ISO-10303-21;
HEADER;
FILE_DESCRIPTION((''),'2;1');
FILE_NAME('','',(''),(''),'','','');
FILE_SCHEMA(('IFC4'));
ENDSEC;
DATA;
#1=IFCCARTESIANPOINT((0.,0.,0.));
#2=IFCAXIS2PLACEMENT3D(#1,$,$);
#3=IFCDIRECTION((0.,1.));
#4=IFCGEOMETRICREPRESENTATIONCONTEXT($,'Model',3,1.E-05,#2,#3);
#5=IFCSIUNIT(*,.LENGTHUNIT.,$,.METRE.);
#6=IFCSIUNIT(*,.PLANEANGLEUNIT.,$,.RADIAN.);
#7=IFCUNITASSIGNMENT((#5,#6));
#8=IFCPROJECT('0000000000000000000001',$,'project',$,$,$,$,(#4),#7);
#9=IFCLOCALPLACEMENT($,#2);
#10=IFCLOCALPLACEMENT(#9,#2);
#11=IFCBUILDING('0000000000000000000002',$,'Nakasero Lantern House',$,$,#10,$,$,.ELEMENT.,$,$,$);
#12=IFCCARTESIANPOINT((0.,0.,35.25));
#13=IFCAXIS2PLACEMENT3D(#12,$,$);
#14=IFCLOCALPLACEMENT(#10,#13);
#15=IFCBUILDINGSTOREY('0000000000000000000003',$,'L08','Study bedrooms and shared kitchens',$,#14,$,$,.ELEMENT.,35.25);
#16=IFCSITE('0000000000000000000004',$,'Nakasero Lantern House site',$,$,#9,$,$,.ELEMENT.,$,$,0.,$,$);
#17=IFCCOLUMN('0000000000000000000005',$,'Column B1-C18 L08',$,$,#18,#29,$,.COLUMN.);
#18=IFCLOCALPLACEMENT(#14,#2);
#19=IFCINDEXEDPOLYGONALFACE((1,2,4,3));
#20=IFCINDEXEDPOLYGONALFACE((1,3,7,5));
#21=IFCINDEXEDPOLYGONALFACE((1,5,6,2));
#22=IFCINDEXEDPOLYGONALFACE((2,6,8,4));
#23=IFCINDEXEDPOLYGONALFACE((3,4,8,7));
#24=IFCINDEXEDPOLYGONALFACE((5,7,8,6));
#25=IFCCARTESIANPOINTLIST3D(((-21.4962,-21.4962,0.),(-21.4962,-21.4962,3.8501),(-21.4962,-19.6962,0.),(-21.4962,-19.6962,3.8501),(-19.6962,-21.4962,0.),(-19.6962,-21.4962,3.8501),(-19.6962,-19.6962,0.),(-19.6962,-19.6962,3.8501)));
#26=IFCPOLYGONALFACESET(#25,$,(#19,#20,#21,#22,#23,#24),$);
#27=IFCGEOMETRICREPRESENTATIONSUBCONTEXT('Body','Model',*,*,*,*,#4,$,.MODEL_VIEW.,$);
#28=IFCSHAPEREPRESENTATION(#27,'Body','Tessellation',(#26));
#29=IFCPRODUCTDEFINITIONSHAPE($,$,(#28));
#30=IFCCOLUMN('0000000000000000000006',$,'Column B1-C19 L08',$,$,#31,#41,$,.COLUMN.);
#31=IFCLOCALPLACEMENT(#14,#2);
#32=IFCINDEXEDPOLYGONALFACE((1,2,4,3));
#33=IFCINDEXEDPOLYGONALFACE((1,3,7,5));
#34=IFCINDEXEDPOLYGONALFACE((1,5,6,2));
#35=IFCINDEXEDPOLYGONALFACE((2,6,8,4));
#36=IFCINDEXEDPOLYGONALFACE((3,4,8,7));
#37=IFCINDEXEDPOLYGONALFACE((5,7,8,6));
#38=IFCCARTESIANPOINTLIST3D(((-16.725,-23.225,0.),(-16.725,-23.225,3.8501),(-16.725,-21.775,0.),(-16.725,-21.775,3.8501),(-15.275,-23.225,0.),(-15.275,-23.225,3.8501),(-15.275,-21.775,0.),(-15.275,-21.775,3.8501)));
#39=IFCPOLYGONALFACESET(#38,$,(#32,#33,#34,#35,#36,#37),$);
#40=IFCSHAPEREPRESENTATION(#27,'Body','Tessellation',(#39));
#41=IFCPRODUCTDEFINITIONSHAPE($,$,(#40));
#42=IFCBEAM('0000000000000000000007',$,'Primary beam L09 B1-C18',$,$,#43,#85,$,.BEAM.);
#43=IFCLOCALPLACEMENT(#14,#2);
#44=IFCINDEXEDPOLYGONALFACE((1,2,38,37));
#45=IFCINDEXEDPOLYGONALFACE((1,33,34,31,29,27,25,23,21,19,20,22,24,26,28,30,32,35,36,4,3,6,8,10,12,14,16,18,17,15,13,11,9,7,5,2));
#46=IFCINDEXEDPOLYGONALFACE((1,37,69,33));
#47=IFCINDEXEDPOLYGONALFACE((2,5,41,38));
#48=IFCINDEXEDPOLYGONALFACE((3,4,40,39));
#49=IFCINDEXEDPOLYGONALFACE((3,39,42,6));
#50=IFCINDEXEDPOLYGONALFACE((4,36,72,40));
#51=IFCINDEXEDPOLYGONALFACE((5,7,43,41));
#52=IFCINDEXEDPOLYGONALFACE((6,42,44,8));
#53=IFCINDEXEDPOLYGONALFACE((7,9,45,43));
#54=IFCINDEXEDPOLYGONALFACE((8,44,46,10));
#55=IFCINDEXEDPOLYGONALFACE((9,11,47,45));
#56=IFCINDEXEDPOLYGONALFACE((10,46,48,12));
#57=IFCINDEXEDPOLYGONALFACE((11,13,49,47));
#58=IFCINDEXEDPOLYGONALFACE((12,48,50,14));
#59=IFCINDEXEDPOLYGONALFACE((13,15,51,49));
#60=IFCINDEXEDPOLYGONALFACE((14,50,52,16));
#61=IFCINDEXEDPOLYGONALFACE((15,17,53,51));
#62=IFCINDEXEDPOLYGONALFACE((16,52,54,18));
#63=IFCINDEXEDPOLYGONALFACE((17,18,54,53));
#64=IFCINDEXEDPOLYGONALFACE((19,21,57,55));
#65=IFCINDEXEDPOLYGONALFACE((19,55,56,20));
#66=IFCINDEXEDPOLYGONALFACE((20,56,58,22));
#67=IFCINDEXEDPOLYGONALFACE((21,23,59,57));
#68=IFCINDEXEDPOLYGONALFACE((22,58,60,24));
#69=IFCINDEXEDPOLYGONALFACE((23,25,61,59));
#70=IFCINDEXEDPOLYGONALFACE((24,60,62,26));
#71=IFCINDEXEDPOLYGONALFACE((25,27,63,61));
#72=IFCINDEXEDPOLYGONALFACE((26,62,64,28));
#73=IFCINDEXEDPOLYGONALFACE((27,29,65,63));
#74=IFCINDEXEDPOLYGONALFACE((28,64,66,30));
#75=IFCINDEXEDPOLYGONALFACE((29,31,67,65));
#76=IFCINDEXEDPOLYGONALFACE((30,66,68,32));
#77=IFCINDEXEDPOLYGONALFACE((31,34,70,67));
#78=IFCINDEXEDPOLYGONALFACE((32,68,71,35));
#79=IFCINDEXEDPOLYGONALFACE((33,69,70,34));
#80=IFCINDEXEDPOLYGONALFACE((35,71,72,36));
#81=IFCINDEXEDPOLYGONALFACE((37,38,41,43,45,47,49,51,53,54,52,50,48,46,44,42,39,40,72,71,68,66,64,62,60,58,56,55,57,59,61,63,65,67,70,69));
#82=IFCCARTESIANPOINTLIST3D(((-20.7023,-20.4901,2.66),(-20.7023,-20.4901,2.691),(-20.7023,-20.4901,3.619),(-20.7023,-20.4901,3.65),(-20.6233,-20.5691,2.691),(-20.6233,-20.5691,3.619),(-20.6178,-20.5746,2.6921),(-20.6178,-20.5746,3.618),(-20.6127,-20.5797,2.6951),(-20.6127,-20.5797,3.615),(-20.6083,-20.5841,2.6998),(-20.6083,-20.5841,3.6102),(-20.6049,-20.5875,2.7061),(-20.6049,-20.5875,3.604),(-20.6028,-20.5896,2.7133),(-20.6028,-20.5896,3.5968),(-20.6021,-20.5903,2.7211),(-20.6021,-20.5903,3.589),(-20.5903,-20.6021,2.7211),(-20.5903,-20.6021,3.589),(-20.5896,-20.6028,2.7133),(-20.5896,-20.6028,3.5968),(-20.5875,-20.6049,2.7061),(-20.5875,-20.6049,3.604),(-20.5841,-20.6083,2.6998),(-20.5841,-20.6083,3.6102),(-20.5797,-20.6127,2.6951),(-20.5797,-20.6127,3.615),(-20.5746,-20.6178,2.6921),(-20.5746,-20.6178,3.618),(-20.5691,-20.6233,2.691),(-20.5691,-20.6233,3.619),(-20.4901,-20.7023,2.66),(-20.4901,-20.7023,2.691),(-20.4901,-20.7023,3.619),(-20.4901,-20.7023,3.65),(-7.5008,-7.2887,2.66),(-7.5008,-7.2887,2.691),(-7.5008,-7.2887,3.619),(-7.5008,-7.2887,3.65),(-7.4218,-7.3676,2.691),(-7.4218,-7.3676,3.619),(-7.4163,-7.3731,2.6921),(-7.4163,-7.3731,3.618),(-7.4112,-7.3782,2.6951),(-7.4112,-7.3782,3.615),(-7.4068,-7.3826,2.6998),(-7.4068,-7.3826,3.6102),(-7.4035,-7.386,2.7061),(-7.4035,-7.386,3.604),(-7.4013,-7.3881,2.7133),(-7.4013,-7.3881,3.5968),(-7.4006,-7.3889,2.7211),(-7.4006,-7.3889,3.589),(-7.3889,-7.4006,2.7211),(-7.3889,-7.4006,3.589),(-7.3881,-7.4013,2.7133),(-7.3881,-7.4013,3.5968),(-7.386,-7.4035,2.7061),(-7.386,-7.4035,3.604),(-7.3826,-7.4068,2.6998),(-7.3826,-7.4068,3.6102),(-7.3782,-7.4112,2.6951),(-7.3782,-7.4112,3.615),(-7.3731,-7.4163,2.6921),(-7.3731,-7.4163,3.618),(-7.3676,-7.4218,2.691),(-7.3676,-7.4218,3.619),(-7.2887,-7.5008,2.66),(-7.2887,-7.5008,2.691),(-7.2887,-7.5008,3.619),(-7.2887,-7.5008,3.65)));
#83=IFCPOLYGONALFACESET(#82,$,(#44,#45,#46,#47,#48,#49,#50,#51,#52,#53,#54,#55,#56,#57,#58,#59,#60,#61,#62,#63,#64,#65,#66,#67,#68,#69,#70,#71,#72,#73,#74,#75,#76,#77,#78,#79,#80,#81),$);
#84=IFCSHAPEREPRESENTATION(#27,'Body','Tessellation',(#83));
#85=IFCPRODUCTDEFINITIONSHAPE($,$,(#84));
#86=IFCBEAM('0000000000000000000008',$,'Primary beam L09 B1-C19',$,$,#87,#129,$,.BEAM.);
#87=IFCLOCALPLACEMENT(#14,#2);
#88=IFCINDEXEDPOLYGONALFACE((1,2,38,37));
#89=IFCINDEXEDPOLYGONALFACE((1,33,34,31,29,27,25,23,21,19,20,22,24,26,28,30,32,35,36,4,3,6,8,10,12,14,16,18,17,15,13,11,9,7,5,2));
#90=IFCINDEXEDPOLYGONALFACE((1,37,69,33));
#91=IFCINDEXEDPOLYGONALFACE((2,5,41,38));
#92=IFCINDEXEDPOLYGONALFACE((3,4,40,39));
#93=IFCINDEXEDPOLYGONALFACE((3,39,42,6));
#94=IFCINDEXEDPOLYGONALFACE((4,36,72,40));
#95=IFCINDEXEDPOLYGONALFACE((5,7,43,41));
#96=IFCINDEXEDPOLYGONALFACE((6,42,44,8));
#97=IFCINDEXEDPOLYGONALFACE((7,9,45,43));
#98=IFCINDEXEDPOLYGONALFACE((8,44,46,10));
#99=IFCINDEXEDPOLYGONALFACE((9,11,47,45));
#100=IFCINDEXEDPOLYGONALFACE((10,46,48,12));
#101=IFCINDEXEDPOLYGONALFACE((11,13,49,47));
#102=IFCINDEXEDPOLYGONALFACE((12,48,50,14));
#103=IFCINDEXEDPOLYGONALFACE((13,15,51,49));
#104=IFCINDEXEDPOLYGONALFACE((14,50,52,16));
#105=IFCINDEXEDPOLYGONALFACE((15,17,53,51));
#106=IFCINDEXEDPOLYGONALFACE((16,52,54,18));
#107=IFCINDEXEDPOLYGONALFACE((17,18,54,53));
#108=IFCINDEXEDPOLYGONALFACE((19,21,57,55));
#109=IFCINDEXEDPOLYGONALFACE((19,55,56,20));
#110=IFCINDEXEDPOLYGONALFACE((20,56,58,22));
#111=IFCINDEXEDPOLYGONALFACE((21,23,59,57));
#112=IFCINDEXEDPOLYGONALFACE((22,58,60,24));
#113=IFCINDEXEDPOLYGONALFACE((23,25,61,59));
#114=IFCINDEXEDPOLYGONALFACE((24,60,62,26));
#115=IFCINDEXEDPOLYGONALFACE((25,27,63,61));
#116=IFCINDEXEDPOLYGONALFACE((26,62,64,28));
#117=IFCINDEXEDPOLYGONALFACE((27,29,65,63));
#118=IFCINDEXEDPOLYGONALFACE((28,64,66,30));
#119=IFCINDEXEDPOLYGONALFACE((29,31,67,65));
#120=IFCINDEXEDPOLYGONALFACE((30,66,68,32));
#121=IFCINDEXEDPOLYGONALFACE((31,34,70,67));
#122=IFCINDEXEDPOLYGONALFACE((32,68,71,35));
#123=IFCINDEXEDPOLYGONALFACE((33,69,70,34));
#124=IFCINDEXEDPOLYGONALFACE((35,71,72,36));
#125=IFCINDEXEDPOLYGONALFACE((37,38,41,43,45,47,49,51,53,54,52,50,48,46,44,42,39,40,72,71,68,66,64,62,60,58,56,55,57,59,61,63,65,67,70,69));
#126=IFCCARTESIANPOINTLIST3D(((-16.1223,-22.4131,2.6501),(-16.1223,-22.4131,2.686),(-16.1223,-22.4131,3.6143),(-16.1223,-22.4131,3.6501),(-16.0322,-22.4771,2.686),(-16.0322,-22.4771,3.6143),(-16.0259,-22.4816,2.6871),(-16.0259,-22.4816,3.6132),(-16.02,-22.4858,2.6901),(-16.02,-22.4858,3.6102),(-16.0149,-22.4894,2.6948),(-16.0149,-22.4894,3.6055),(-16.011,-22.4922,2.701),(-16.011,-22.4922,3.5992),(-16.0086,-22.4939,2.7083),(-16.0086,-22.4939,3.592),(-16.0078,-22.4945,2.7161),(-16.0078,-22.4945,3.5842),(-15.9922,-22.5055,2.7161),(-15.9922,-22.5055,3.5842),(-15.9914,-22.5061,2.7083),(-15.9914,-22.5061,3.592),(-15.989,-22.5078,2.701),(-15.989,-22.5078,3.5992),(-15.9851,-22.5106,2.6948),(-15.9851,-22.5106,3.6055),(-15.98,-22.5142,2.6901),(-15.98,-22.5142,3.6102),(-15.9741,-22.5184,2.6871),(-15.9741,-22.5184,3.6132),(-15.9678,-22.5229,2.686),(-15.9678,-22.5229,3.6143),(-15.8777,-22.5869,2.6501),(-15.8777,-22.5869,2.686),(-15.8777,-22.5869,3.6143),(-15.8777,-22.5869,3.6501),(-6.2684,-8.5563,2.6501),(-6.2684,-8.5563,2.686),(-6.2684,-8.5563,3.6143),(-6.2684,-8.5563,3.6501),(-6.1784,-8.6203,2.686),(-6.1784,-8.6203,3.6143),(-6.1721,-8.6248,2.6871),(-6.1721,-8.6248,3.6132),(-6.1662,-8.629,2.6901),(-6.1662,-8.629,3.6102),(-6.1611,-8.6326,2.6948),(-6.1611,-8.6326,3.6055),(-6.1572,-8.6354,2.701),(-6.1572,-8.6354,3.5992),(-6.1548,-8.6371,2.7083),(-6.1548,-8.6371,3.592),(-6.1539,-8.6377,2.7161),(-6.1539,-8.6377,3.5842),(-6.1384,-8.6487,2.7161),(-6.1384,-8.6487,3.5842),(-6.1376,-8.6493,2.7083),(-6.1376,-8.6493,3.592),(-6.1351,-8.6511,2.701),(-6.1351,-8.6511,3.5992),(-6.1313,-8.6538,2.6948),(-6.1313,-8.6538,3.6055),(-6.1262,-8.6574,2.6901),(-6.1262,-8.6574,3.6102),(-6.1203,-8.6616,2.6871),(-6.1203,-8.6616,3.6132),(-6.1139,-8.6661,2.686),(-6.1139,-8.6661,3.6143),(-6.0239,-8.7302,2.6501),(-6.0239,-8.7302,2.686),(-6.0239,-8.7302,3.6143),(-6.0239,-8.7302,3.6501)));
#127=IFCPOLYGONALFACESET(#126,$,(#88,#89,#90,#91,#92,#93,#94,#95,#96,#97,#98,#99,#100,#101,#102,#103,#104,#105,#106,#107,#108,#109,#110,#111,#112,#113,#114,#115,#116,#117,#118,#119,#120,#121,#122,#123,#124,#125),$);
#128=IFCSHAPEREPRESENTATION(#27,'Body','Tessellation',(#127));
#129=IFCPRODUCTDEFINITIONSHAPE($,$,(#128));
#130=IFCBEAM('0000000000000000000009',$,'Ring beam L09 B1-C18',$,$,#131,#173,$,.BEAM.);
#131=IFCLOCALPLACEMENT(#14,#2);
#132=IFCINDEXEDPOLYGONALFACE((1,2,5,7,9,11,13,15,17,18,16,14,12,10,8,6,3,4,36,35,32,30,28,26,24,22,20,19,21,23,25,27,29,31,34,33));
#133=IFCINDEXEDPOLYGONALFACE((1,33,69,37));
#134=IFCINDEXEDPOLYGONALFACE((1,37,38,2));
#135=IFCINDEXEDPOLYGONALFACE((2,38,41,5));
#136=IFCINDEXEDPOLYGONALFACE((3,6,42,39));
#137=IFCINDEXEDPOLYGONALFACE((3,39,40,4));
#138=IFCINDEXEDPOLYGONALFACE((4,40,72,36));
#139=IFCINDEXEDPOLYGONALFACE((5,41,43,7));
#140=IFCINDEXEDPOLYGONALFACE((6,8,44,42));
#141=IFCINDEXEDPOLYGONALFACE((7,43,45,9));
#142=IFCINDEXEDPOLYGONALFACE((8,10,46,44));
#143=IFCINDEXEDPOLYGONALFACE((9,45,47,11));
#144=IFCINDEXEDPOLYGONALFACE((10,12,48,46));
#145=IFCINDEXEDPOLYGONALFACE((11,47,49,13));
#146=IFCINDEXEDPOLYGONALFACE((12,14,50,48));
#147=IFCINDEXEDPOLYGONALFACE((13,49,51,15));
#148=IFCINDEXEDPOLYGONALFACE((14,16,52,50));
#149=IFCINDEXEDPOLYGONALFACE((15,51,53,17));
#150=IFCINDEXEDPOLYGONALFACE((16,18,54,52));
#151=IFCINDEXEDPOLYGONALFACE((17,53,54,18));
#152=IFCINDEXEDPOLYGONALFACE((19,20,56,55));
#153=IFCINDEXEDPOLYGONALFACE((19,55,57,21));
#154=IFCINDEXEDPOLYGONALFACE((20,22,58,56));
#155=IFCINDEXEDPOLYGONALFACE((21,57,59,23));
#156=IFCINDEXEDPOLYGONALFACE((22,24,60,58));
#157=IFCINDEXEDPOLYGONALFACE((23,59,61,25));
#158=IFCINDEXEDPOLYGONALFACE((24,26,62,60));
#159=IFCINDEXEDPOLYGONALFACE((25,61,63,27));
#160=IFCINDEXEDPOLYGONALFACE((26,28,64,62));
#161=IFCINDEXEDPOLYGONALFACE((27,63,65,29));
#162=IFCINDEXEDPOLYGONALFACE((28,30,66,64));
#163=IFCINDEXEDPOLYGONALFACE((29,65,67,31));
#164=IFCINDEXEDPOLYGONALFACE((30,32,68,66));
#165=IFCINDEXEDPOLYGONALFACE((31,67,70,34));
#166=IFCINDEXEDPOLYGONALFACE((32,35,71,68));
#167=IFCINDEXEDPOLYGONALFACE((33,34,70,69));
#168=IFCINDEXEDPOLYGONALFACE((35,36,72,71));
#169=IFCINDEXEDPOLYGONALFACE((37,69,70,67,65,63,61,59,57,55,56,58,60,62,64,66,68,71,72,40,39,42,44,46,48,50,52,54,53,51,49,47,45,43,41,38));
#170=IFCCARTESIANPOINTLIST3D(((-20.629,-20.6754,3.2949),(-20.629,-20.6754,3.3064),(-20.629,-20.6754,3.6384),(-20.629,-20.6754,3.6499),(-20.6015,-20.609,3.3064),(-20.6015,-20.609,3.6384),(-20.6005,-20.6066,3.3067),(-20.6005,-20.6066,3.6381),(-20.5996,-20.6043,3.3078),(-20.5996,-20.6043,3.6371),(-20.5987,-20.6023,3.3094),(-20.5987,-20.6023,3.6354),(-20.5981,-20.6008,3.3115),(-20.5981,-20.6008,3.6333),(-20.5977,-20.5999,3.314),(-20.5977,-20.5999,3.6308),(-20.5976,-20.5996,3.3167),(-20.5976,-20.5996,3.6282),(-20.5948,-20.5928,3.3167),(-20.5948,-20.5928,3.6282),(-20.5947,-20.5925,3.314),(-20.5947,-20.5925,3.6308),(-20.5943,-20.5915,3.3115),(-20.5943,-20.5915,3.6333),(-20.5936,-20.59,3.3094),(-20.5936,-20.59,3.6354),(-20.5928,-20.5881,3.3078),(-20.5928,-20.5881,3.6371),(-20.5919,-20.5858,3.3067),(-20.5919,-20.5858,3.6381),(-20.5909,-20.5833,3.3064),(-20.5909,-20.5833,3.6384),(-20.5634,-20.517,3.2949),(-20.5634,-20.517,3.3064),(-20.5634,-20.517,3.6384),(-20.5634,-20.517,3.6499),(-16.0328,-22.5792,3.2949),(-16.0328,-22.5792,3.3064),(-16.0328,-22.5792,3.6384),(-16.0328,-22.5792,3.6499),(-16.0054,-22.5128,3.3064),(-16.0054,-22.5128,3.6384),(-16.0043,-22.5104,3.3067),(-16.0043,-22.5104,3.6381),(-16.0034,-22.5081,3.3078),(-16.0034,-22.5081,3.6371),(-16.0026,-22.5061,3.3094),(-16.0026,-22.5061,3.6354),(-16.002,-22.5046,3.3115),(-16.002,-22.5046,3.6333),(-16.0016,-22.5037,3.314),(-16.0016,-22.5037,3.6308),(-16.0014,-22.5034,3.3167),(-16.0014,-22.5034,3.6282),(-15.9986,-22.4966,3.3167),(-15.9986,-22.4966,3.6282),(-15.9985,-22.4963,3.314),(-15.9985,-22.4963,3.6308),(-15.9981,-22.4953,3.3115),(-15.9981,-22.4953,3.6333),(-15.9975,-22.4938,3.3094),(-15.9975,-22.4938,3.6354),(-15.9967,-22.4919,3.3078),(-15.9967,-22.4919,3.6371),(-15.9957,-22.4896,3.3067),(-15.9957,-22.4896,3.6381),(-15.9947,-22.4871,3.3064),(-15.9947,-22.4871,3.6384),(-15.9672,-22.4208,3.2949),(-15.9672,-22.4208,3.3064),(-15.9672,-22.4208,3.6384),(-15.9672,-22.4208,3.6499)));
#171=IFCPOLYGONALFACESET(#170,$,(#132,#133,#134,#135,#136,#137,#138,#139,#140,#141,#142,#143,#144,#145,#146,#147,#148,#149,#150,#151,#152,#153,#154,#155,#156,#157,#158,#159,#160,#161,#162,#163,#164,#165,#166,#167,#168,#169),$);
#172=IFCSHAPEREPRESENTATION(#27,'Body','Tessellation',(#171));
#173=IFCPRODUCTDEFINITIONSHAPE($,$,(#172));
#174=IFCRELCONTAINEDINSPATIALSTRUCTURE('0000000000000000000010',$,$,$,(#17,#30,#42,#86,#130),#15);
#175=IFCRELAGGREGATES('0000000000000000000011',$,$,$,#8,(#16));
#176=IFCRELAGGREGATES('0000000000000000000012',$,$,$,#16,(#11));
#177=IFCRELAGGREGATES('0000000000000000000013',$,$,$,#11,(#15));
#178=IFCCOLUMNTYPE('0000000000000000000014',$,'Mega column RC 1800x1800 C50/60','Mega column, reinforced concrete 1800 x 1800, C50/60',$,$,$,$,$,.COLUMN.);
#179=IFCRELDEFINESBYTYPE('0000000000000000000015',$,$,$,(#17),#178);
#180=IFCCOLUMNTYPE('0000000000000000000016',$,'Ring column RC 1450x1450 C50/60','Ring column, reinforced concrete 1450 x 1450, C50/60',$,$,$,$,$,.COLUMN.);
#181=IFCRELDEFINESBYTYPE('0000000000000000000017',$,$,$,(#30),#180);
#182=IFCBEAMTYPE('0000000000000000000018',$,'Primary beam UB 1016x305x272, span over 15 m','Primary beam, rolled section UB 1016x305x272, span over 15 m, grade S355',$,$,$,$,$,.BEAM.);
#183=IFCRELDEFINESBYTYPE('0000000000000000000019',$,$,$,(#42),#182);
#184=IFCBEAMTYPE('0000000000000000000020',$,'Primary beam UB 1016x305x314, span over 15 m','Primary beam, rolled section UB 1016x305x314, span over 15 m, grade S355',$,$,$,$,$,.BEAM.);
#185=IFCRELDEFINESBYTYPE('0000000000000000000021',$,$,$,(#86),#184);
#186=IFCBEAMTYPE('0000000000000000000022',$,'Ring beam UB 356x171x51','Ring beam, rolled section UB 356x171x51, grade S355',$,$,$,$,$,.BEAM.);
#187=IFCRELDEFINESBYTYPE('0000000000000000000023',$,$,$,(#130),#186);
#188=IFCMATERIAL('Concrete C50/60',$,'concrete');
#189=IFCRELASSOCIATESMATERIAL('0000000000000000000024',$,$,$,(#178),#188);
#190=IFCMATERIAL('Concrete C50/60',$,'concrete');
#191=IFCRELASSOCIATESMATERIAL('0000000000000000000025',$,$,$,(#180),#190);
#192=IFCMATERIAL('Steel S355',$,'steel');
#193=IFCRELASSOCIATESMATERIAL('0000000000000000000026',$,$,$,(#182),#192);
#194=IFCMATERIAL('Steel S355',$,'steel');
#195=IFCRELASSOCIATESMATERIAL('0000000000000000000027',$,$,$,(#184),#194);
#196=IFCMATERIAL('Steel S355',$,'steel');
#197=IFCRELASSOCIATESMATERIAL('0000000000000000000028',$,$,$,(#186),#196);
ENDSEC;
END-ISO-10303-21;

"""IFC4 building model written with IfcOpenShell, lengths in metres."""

from ifc_helpers import new_model, si_unit, direction, frame, origin, origin_2d, place, context, subcontext, project, spatial, rectangle, i_section, extrude, material, material_profile, profile_set, type_object, element, save


model = new_model("IFC4")

# Units and contexts
model_context = context("Model", 3, precision=1e-05, world=origin(), true_north=direction((0.0, 1.0)))
body_context = subcontext(model_context, "Body", "Model", "MODEL_VIEW")
ifc_project = project(units=[si_unit("LENGTHUNIT", "METRE"), si_unit("PLANEANGLEUNIT", "RADIAN")], contexts=[model_context])

# Site, building, storey
site_placement = place(None, origin())
site = spatial("IfcSite", under=ifc_project, at=site_placement, Name="Nakasero Lantern House site", CompositionType="ELEMENT", RefElevation=0.0)
building_placement = place(site_placement, origin())
building = spatial("IfcBuilding", under=site, at=building_placement, Name="Nakasero Lantern House", CompositionType="ELEMENT")
storey_placement = place(building_placement, frame((0.0, 0.0, 35.25)))
storey = spatial("IfcBuildingStorey", under=building, at=storey_placement, Name="L08", Description="Study bedrooms and shared kitchens", CompositionType="ELEMENT", Elevation=35.25)

# Columns
ifc_material_1 = material(Name="Concrete C50/60", Category="concrete")
ifc_material_profile_1 = material_profile(ifc_material_1, rectangle(XDim=1.8, YDim=1.8, at=origin_2d()), Name="RC 1800x1800")
ifc_profile_set_1 = profile_set([ifc_material_profile_1], Name="Concrete C50/60")
column_type_1 = type_object("IfcColumnType", Name="Mega column RC 1800x1800 C50/60", Description="Mega column, reinforced concrete 1800 x 1800, C50/60", PredefinedType="COLUMN", material=ifc_profile_set_1)
column_1_placement = place(storey_placement, frame((-20.5962, -20.5962, 0.0), z_axis=(0.0, 0.0, 1.0), x_axis=(1.0, 0.0, 0.0)))
element("IfcColumn", 1, at=column_1_placement, inside=storey, type_object=column_type_1, Name="Column B1-C18 L08", PredefinedType="COLUMN", context=body_context, shape_type="SweptSolid", body=[
    extrude(rectangle(XDim=1.8, YDim=1.8, at=origin_2d()), origin(), (0.0, 0.0, 1.0), 3.8501),
])
ifc_material_2 = material(Name="Concrete C50/60", Category="concrete")
ifc_material_profile_2 = material_profile(ifc_material_2, rectangle(XDim=1.45, YDim=1.45, at=origin_2d()), Name="RC 1450x1450")
ifc_profile_set_2 = profile_set([ifc_material_profile_2], Name="Concrete C50/60")
column_type_2 = type_object("IfcColumnType", Name="Ring column RC 1450x1450 C50/60", Description="Ring column, reinforced concrete 1450 x 1450, C50/60", PredefinedType="COLUMN", material=ifc_profile_set_2)
column_2_placement = place(storey_placement, frame((-16.0, -22.5, 0.0), z_axis=(0.0, 0.0, 1.0), x_axis=(1.0, 0.0, 0.0)))
element("IfcColumn", 2, at=column_2_placement, inside=storey, type_object=column_type_2, Name="Column B1-C19 L08", PredefinedType="COLUMN", context=body_context, shape_type="SweptSolid", body=[
    extrude(rectangle(XDim=1.45, YDim=1.45, at=origin_2d()), origin(), (0.0, 0.0, 1.0), 3.8501),
])

# Beams
ifc_material_3 = material(Name="Steel S355", Category="steel")
ifc_material_profile_3 = material_profile(ifc_material_3, i_section(OverallWidth=0.3, OverallDepth=0.99, WebThickness=0.0166, FlangeThickness=0.031, FilletRadius=0.03, at=origin_2d()), Name="UB 1016x305x272")
ifc_profile_set_3 = profile_set([ifc_material_profile_3], Name="Steel S355")
beam_type_1 = type_object("IfcBeamType", Name="Primary beam UB 1016x305x272, span over 15 m", Description="Primary beam, rolled section UB 1016x305x272, span over 15 m, grade S355", PredefinedType="BEAM", material=ifc_profile_set_3)
beam_1_placement = place(storey_placement, frame((-20.5962, -20.5962, 3.155), z_axis=(0.707107, 0.707107, 0.0), x_axis=(-0.707107, 0.707107, 0.0)))
element("IfcBeam", 3, at=beam_1_placement, inside=storey, type_object=beam_type_1, Name="Primary beam L09 B1-C18", PredefinedType="BEAM", context=body_context, shape_type="SweptSolid", body=[
    extrude(i_section(OverallWidth=0.3, OverallDepth=0.99, WebThickness=0.0166, FlangeThickness=0.031, FilletRadius=0.03, at=origin_2d()), origin(), (0.0, 0.0, 1.0), 18.6697),
])
ifc_material_4 = material(Name="Steel S355", Category="steel")
ifc_material_profile_4 = material_profile(ifc_material_4, i_section(OverallWidth=0.3, OverallDepth=1.0, WebThickness=0.019, FlangeThickness=0.0359, FilletRadius=0.03, at=origin_2d()), Name="UB 1016x305x314")
ifc_profile_set_4 = profile_set([ifc_material_profile_4], Name="Steel S355")
beam_type_2 = type_object("IfcBeamType", Name="Primary beam UB 1016x305x314, span over 15 m", Description="Primary beam, rolled section UB 1016x305x314, span over 15 m, grade S355", PredefinedType="BEAM", material=ifc_profile_set_4)
beam_2_placement = place(storey_placement, frame((-16.0, -22.5, 3.1501), z_axis=(0.579528, 0.814952, 0.0), x_axis=(-0.814952, 0.579528, 0.0)))
element("IfcBeam", 4, at=beam_2_placement, inside=storey, type_object=beam_type_2, Name="Primary beam L09 B1-C19", PredefinedType="BEAM", context=body_context, shape_type="SweptSolid", body=[
    extrude(i_section(OverallWidth=0.3, OverallDepth=1.0, WebThickness=0.019, FlangeThickness=0.0359, FilletRadius=0.03, at=origin_2d()), origin(), (0.0, 0.0, 1.0), 17.0032),
])
ifc_material_5 = material(Name="Steel S355", Category="steel")
ifc_material_profile_5 = material_profile(ifc_material_5, i_section(OverallWidth=0.1714, OverallDepth=0.355, WebThickness=0.0073, FlangeThickness=0.0115, FilletRadius=0.0103, at=origin_2d()), Name="UB 356x171x51")
ifc_profile_set_5 = profile_set([ifc_material_profile_5], Name="Steel S355")
beam_type_3 = type_object("IfcBeamType", Name="Ring beam UB 356x171x51", Description="Ring beam, rolled section UB 356x171x51, grade S355", PredefinedType="BEAM", material=ifc_profile_set_5)
beam_3_placement = place(storey_placement, frame((-20.5962, -20.5962, 3.4724), z_axis=(0.923879, -0.382684, 0.0), x_axis=(0.382684, 0.923879, 0.0)))
element("IfcBeam", 5, at=beam_3_placement, inside=storey, type_object=beam_type_3, Name="Ring beam L09 B1-C18", PredefinedType="BEAM", context=body_context, shape_type="SweptSolid", body=[
    extrude(i_section(OverallWidth=0.1714, OverallDepth=0.355, WebThickness=0.0073, FlangeThickness=0.0115, FilletRadius=0.0103, at=origin_2d()), origin(), (0.0, 0.0, 1.0), 4.9749),
])

save(model, "model.ifc")
